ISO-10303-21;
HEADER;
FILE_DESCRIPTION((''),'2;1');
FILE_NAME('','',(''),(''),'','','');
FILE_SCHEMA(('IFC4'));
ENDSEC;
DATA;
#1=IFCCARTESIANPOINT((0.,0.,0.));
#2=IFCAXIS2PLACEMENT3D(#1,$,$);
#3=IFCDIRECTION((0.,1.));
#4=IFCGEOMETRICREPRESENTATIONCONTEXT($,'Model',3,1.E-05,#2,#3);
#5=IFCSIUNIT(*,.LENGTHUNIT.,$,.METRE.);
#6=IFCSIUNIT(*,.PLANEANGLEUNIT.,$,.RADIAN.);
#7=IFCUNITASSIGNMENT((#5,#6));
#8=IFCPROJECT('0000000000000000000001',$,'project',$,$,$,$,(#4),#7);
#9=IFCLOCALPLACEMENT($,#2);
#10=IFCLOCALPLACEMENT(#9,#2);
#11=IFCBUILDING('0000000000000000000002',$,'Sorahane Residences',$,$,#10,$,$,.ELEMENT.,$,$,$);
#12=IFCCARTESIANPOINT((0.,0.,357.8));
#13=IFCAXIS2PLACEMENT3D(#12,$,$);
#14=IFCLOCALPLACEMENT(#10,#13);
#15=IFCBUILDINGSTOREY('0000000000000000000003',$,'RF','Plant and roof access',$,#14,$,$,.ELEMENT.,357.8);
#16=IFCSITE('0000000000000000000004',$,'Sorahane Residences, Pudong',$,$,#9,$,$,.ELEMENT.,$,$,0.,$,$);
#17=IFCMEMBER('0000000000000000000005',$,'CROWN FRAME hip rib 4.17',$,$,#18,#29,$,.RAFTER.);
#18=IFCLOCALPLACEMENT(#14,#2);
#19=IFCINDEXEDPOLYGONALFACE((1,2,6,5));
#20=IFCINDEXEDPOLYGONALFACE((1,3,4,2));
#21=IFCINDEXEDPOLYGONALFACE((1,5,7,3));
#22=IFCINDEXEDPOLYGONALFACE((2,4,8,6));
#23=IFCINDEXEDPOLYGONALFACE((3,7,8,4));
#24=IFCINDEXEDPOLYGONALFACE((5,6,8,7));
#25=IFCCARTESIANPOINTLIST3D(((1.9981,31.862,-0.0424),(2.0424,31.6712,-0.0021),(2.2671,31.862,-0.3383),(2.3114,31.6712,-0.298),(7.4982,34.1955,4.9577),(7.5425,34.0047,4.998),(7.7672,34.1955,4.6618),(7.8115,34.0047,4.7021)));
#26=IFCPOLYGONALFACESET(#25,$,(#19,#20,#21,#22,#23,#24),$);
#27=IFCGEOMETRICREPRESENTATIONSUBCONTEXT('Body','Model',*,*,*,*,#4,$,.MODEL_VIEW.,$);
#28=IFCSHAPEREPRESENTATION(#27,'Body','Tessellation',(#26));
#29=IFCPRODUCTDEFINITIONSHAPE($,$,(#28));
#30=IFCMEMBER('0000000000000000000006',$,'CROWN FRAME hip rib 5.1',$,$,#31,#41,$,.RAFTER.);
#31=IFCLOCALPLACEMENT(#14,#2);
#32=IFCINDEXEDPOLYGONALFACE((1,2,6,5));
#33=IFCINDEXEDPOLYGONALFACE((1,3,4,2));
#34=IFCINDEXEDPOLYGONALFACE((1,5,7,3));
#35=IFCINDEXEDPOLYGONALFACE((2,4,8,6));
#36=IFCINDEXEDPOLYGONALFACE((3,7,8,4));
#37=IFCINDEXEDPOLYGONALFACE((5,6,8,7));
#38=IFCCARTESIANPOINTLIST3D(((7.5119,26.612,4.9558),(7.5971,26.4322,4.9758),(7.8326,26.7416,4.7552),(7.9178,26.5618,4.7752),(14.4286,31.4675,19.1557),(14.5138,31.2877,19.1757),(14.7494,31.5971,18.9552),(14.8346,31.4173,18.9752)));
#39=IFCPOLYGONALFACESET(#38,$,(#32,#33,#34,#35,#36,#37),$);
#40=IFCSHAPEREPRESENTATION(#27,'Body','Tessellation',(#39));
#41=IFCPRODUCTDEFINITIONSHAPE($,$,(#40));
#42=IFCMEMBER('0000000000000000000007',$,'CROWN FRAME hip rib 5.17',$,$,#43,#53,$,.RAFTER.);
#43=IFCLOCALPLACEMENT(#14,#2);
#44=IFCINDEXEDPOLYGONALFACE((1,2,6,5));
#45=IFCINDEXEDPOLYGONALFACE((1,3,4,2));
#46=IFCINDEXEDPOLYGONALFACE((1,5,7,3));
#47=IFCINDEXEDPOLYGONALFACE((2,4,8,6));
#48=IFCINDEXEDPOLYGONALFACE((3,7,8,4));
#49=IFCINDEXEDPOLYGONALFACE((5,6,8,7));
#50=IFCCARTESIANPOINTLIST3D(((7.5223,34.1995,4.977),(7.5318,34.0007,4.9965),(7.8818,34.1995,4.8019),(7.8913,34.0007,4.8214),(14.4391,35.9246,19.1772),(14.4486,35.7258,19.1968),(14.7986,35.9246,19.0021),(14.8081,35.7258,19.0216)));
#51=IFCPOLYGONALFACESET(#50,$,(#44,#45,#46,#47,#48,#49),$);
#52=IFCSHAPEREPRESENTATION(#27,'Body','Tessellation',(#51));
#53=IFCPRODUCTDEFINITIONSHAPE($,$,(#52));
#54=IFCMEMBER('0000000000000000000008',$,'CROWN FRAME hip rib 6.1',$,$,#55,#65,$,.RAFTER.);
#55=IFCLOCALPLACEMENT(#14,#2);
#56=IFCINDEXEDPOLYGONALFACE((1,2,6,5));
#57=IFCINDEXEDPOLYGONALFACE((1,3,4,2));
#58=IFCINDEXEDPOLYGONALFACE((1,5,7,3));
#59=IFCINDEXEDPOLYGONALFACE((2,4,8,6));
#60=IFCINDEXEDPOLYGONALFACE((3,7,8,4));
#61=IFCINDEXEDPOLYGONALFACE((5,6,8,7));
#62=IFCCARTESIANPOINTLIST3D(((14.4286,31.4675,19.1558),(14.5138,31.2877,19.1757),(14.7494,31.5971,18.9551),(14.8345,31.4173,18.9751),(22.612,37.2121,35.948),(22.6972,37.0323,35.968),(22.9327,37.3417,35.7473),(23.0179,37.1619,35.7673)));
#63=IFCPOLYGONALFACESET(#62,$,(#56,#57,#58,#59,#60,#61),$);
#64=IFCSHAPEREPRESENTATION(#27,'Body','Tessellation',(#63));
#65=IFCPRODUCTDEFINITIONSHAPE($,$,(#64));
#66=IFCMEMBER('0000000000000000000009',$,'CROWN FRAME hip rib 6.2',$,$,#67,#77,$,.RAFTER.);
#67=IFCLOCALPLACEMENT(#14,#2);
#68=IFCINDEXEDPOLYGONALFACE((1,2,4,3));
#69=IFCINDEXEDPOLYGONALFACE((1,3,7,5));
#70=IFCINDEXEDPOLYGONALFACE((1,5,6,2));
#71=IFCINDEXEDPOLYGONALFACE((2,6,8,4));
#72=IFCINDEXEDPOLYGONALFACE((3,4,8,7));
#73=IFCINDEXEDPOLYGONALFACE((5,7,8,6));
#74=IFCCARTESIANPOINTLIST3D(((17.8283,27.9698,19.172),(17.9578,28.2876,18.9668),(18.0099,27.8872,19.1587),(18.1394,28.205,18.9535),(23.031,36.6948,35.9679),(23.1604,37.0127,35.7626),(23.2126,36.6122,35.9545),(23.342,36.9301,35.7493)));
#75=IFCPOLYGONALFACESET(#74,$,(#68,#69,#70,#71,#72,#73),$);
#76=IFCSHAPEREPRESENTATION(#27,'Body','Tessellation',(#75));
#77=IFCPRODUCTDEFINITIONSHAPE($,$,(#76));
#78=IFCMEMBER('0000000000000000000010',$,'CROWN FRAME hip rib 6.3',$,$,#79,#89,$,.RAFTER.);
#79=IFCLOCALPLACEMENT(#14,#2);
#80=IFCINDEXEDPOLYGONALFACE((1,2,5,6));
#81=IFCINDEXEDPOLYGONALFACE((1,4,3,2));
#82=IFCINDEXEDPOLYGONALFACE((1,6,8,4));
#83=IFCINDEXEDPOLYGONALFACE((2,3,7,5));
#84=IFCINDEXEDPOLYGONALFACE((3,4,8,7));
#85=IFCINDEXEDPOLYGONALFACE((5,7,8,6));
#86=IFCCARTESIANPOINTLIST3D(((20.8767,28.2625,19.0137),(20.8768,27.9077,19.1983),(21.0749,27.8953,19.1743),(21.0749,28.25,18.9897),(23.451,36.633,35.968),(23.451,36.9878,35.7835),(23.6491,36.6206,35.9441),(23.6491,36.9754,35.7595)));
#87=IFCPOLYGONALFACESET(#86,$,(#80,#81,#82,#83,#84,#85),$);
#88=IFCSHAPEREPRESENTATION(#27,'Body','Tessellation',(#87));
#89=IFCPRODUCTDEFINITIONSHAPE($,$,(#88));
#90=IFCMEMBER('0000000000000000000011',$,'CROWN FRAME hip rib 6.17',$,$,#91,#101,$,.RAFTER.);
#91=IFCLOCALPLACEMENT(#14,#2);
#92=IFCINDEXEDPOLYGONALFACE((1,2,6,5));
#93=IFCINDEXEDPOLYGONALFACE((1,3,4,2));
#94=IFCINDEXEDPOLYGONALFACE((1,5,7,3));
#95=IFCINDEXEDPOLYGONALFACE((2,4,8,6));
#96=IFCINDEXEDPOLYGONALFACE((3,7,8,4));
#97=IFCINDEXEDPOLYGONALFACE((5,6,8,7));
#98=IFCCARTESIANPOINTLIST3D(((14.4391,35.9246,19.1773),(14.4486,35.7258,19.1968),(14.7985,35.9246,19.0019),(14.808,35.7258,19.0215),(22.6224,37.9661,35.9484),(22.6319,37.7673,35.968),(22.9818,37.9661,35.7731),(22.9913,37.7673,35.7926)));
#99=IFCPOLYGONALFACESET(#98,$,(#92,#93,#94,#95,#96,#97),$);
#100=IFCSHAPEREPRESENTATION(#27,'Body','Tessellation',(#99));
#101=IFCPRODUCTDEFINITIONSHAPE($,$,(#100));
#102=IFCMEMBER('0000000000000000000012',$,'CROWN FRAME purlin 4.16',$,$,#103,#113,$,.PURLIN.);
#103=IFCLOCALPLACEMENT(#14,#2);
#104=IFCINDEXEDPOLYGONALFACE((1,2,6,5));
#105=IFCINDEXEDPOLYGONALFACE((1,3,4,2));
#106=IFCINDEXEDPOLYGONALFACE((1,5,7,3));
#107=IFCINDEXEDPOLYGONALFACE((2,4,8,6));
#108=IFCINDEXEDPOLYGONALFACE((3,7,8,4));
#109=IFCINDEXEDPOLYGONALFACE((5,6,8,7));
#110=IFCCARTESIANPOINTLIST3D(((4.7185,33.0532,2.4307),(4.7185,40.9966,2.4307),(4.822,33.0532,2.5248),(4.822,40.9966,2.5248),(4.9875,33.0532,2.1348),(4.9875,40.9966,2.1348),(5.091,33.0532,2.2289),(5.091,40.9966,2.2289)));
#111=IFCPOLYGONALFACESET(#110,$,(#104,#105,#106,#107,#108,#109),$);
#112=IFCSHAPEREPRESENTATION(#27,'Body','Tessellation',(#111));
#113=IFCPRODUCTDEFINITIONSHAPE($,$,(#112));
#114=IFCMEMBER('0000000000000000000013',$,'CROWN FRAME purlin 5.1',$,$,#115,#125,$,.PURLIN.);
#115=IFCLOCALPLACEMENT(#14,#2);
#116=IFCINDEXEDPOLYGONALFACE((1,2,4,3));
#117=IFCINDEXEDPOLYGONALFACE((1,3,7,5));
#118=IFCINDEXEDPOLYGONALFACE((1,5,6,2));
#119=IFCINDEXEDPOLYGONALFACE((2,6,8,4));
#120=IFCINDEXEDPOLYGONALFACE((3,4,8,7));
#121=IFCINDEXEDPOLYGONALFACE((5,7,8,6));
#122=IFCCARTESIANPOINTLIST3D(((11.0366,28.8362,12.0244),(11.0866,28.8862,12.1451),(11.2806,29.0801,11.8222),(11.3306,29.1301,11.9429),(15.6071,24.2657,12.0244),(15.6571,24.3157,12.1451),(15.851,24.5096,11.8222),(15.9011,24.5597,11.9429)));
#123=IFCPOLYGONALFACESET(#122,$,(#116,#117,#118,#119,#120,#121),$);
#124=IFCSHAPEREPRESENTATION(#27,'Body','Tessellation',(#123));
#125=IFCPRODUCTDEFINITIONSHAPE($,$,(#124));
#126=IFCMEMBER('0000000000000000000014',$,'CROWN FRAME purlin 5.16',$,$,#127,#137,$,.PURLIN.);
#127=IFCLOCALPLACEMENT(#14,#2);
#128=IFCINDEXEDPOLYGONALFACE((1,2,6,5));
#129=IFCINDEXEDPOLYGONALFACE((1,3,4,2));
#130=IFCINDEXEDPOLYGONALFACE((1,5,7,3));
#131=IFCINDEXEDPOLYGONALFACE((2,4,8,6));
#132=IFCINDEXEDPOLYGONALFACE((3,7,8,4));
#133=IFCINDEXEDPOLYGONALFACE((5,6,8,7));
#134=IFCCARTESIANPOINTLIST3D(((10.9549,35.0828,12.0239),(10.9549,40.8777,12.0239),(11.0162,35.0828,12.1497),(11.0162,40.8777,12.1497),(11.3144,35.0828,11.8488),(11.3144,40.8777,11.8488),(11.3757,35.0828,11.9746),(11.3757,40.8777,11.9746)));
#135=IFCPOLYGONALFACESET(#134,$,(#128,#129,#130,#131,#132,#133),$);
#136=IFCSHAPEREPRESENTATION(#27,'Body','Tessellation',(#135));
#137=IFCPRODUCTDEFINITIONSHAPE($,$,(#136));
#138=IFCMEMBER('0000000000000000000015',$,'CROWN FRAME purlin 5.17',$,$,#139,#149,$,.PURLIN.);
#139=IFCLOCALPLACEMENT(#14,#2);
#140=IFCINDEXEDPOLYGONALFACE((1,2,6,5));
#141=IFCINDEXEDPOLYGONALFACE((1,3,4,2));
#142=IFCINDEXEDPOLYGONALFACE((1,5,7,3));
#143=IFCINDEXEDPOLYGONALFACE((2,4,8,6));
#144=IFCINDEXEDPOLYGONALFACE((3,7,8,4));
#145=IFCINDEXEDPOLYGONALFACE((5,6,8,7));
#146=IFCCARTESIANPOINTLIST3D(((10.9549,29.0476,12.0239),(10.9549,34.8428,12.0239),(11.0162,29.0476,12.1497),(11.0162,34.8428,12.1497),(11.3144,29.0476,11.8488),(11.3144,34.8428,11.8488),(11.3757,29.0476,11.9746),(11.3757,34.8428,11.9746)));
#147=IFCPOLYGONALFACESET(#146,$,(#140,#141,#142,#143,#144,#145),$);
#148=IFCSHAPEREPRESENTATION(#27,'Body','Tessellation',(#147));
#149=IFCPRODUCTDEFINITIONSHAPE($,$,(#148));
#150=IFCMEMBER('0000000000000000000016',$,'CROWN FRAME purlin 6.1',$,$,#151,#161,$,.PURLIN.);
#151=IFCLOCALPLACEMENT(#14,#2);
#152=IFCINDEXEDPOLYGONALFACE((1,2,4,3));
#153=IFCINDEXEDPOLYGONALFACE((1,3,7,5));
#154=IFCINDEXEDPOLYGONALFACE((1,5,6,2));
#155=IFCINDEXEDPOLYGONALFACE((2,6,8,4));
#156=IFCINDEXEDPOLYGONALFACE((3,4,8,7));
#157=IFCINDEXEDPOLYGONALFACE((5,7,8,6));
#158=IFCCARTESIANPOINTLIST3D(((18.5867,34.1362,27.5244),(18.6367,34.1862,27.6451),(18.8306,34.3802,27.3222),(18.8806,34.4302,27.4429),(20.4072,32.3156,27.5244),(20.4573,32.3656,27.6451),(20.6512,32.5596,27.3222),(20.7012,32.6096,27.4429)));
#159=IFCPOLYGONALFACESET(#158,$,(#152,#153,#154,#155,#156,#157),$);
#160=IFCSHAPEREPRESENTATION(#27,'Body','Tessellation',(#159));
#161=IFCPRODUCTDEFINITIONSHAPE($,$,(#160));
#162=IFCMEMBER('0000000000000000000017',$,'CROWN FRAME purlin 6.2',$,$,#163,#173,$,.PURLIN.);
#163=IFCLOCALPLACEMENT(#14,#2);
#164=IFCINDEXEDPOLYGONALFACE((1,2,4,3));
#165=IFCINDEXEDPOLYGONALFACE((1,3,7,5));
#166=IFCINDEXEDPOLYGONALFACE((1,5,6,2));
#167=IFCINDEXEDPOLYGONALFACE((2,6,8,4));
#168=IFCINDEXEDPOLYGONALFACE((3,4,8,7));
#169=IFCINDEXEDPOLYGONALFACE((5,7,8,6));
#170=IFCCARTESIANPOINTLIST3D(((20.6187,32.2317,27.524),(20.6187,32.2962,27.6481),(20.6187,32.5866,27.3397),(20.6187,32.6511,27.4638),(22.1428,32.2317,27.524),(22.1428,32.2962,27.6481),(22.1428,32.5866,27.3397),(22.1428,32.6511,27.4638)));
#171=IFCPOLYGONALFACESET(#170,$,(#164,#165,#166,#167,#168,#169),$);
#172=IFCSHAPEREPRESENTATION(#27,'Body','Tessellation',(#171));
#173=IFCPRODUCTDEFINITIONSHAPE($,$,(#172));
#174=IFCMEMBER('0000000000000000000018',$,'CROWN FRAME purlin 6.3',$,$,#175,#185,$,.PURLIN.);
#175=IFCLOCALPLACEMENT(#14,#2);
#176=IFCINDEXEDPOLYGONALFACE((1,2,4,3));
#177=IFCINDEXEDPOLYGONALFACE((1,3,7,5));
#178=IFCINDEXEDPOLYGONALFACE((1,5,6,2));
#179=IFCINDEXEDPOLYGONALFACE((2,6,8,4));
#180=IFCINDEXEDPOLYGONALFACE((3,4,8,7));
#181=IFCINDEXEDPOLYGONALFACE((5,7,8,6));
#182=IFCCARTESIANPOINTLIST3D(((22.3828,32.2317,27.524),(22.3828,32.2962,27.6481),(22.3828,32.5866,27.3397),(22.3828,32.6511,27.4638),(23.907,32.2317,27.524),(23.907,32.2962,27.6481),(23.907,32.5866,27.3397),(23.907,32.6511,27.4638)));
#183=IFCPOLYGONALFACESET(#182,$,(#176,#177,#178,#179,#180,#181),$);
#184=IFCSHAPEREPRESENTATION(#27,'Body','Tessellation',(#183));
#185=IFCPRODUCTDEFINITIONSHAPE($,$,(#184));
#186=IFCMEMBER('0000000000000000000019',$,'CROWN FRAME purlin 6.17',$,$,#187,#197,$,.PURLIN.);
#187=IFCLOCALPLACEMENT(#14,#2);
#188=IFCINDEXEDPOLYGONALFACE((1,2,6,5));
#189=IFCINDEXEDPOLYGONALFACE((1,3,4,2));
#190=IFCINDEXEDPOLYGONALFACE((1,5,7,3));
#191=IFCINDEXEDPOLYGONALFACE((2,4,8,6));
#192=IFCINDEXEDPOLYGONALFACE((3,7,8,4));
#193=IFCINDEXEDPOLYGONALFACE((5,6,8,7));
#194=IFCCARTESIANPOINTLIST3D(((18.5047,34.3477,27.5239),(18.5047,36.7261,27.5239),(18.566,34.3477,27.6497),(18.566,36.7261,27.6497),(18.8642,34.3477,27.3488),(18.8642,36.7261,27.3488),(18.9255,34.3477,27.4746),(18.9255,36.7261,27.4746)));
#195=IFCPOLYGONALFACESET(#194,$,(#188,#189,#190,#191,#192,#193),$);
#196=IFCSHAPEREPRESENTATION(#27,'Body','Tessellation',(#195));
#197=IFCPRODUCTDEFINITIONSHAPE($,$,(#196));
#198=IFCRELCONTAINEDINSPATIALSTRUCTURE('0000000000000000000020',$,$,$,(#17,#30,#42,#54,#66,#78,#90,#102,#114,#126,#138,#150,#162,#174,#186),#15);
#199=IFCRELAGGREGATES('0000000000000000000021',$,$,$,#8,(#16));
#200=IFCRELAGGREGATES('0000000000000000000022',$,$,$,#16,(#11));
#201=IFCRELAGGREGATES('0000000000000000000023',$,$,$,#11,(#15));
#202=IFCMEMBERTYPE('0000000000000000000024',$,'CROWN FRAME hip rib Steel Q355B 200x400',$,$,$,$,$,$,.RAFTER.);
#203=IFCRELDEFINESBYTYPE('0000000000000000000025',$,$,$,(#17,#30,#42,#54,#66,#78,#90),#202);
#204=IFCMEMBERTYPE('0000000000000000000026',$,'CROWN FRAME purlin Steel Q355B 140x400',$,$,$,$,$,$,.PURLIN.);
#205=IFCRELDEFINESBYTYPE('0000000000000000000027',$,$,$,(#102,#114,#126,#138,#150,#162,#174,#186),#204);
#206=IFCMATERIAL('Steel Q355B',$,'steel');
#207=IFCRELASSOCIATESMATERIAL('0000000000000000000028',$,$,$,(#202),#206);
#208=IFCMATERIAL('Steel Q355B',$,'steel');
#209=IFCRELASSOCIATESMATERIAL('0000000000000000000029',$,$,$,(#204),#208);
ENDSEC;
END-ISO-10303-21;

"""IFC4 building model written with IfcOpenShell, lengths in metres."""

from ifc_helpers import new_model, si_unit, direction, frame, origin, origin_2d, place, context, subcontext, project, spatial, rectangle, extrude, material, material_profile, profile_set, type_object, element, save


model = new_model("IFC4")

# Units and contexts
model_context = context("Model", 3, precision=1e-05, world=origin(), true_north=direction((0.0, 1.0)))
body_context = subcontext(model_context, "Body", "Model", "MODEL_VIEW")
ifc_project = project(units=[si_unit("LENGTHUNIT", "METRE"), si_unit("PLANEANGLEUNIT", "RADIAN")], contexts=[model_context])

# Site, building, storey
site_placement = place(None, origin())
site = spatial("IfcSite", under=ifc_project, at=site_placement, Name="Sorahane Residences, Pudong", CompositionType="ELEMENT", RefElevation=0.0)
building_placement = place(site_placement, origin())
building = spatial("IfcBuilding", under=site, at=building_placement, Name="Sorahane Residences", CompositionType="ELEMENT")
storey_placement = place(building_placement, frame((0.0, 0.0, 357.8)))
storey = spatial("IfcBuildingStorey", under=building, at=storey_placement, Name="RF", Description="Plant and roof access", CompositionType="ELEMENT", Elevation=357.8)

# Members
ifc_material_1 = material(Name="Steel Q355B", Category="steel")
ifc_material_profile_1 = material_profile(ifc_material_1, rectangle(XDim=0.2, YDim=0.3999, at=origin_2d()), Name="CROWN FRAME hip rib Steel Q355B 200x400")
ifc_profile_set_1 = profile_set([ifc_material_profile_1], Name="Steel Q355B")
member_type_1 = type_object("IfcMemberType", Name="CROWN FRAME hip rib Steel Q355B 200x400", PredefinedType="RAFTER", material=ifc_profile_set_1)
member_1_placement = place(storey_placement, frame((2.1548, 31.7666, -0.1702), z_axis=(0.705969, 0.299523, 0.64179), x_axis=(-0.221639, 0.954089, -0.201469)))
element("IfcMember", 1, at=member_1_placement, inside=storey, type_object=member_type_1, Name="CROWN FRAME hip rib 4.17", PredefinedType="RAFTER", context=body_context, shape_type="SweptSolid", body=[
    extrude(rectangle(XDim=0.2, YDim=0.3999, at=origin_2d()), origin(), (0.0, 0.0, 1.0), 7.7908),
])
member_2_placement = place(storey_placement, frame((7.7148, 26.5869, 4.8655), z_axis=(0.418578, 0.293836, 0.859333), x_axis=(-0.426004, 0.899182, -0.099957)))
element("IfcMember", 2, at=member_2_placement, inside=storey, type_object=member_type_1, Name="CROWN FRAME hip rib 5.1", PredefinedType="RAFTER", context=body_context, shape_type="SweptSolid", body=[
    extrude(rectangle(XDim=0.2, YDim=0.3999, at=origin_2d()), origin(), (0.0, 0.0, 1.0), 16.5244),
])
member_3_placement = place(storey_placement, frame((7.7068, 34.1001, 4.8992), z_axis=(0.435315, 0.108571, 0.893708), x_axis=(-0.047521, 0.994089, -0.097619)))
element("IfcMember", 3, at=member_3_placement, inside=storey, type_object=member_type_1, Name="CROWN FRAME hip rib 5.17", PredefinedType="RAFTER", context=body_context, shape_type="SweptSolid", body=[
    extrude(rectangle(XDim=0.2, YDim=0.3999, at=origin_2d()), origin(), (0.0, 0.0, 1.0), 15.8892),
])
member_4_placement = place(storey_placement, frame((14.6316, 31.4424, 19.0654), z_axis=(0.418726, 0.293941, 0.859225), x_axis=(-0.426011, 0.899175, -0.1)))
element("IfcMember", 4, at=member_4_placement, inside=storey, type_object=member_type_1, Name="CROWN FRAME hip rib 6.1", PredefinedType="RAFTER", context=body_context, shape_type="SweptSolid", body=[
    extrude(rectangle(XDim=0.2, YDim=0.3999, at=origin_2d()), origin(), (0.0, 0.0, 1.0), 19.5435),
])
member_5_placement = place(storey_placement, frame((17.9839, 28.0874, 19.0627), z_axis=(0.265049, 0.444501, 0.855668), x_axis=(-0.908244, 0.413083, 0.066747)))
element("IfcMember", 5, at=member_5_placement, inside=storey, type_object=member_type_1, Name="CROWN FRAME hip rib 6.2", PredefinedType="RAFTER", context=body_context, shape_type="SweptSolid", body=[
    extrude(rectangle(XDim=0.2, YDim=0.3999, at=origin_2d()), origin(), (0.0, 0.0, 1.0), 19.6289),
])
member_6_placement = place(storey_placement, frame((20.9758, 28.0789, 19.094), z_axis=(0.134929, 0.457343, 0.878995), x_axis=(-0.990855, 0.062188, 0.119743)))
element("IfcMember", 6, at=member_6_placement, inside=storey, type_object=member_type_1, Name="CROWN FRAME hip rib 6.3", PredefinedType="RAFTER", context=body_context, shape_type="SweptSolid", body=[
    extrude(rectangle(XDim=0.2, YDim=0.3999, at=origin_2d()), origin(), (0.0, 0.0, 1.0), 19.0784),
])
member_7_placement = place(storey_placement, frame((14.6235, 35.8252, 19.0994), z_axis=(0.435921, 0.108749, 0.893391), x_axis=(-0.047634, 0.994069, -0.097762)))
element("IfcMember", 7, at=member_7_placement, inside=storey, type_object=member_type_1, Name="CROWN FRAME hip rib 6.17", PredefinedType="RAFTER", context=body_context, shape_type="SweptSolid", body=[
    extrude(rectangle(XDim=0.2, YDim=0.3999, at=origin_2d()), origin(), (0.0, 0.0, 1.0), 18.7725),
])
ifc_material_2 = material(Name="Steel Q355B", Category="steel")
ifc_material_profile_2 = material_profile(ifc_material_2, rectangle(XDim=0.1399, YDim=0.3999, at=origin_2d()), Name="CROWN FRAME purlin Steel Q355B 140x400")
ifc_profile_set_2 = profile_set([ifc_material_profile_2], Name="Steel Q355B")
member_type_2 = type_object("IfcMemberType", Name="CROWN FRAME purlin Steel Q355B 140x400", PredefinedType="PURLIN", material=ifc_profile_set_2)
member_8_placement = place(storey_placement, frame((4.9048, 33.0532, 2.3298), z_axis=(0.0, 1.0, 0.0), x_axis=(-0.73994, 0.0, -0.672673)))
element("IfcMember", 8, at=member_8_placement, inside=storey, type_object=member_type_2, Name="CROWN FRAME purlin 4.16", PredefinedType="PURLIN", context=body_context, shape_type="SweptSolid", body=[
    extrude(rectangle(XDim=0.1399, YDim=0.3999, at=origin_2d()), origin(), (0.0, 0.0, 1.0), 7.9434),
])
member_9_placement = place(storey_placement, frame((11.1836, 28.9832, 11.9836), z_axis=(0.707107, -0.707107, 0.0), x_axis=(0.3576, 0.3576, 0.862696)))
element("IfcMember", 9, at=member_9_placement, inside=storey, type_object=member_type_2, Name="CROWN FRAME purlin 5.1", PredefinedType="PURLIN", context=body_context, shape_type="SweptSolid", body=[
    extrude(rectangle(XDim=0.1399, YDim=0.3999, at=origin_2d()), origin(), (0.0, 0.0, 1.0), 6.4636),
])
member_10_placement = place(storey_placement, frame((11.1653, 35.0828, 11.9993), z_axis=(0.0, 1.0, 0.0), x_axis=(-0.43791, 0.0, -0.899019)))
element("IfcMember", 10, at=member_10_placement, inside=storey, type_object=member_type_2, Name="CROWN FRAME purlin 5.16", PredefinedType="PURLIN", context=body_context, shape_type="SweptSolid", body=[
    extrude(rectangle(XDim=0.1399, YDim=0.3999, at=origin_2d()), origin(), (0.0, 0.0, 1.0), 5.7949),
])
member_11_placement = place(storey_placement, frame((11.1653, 29.0476, 11.9993), z_axis=(0.0, 1.0, 0.0), x_axis=(-0.43791, 0.0, -0.899019)))
element("IfcMember", 11, at=member_11_placement, inside=storey, type_object=member_type_2, Name="CROWN FRAME purlin 5.17", PredefinedType="PURLIN", context=body_context, shape_type="SweptSolid", body=[
    extrude(rectangle(XDim=0.1399, YDim=0.3999, at=origin_2d()), origin(), (0.0, 0.0, 1.0), 5.7952),
])
member_12_placement = place(storey_placement, frame((18.7336, 34.2832, 27.4836), z_axis=(0.707107, -0.707107, 0.0), x_axis=(0.357602, 0.357602, 0.862695)))
element("IfcMember", 12, at=member_12_placement, inside=storey, type_object=member_type_2, Name="CROWN FRAME purlin 6.1", PredefinedType="PURLIN", context=body_context, shape_type="SweptSolid", body=[
    extrude(rectangle(XDim=0.1399, YDim=0.3999, at=origin_2d()), origin(), (0.0, 0.0, 1.0), 2.5747),
])
for number, where, z_axis, x_axis, name in (
    (13, (20.6187, 32.4414, 27.4939), (1.0, 0.0, 0.0), (0.0, 0.460903, 0.88745), "CROWN FRAME purlin 6.2"),
    (14, (22.3828, 32.4414, 27.4939), (1.0, 0.0, 0.0), (0.0, 0.460903, 0.88745), "CROWN FRAME purlin 6.3"),
):
    element("IfcMember", number, at=place(storey_placement, frame(where, z_axis=z_axis, x_axis=x_axis)), inside=storey, type_object=member_type_2, Name=name, PredefinedType="PURLIN", context=body_context, shape_type="SweptSolid", body=[
        extrude(rectangle(XDim=0.1399, YDim=0.3999, at=origin_2d()), origin(), (0.0, 0.0, 1.0), 1.5242),
    ])
member_13_placement = place(storey_placement, frame((18.7151, 34.3477, 27.4993), z_axis=(0.0, 1.0, 0.0), x_axis=(-0.437908, 0.0, -0.89902)))
element("IfcMember", 15, at=member_13_placement, inside=storey, type_object=member_type_2, Name="CROWN FRAME purlin 6.17", PredefinedType="PURLIN", context=body_context, shape_type="SweptSolid", body=[
    extrude(rectangle(XDim=0.1399, YDim=0.3999, at=origin_2d()), origin(), (0.0, 0.0, 1.0), 2.3784),
])

save(model, "model.ifc")
